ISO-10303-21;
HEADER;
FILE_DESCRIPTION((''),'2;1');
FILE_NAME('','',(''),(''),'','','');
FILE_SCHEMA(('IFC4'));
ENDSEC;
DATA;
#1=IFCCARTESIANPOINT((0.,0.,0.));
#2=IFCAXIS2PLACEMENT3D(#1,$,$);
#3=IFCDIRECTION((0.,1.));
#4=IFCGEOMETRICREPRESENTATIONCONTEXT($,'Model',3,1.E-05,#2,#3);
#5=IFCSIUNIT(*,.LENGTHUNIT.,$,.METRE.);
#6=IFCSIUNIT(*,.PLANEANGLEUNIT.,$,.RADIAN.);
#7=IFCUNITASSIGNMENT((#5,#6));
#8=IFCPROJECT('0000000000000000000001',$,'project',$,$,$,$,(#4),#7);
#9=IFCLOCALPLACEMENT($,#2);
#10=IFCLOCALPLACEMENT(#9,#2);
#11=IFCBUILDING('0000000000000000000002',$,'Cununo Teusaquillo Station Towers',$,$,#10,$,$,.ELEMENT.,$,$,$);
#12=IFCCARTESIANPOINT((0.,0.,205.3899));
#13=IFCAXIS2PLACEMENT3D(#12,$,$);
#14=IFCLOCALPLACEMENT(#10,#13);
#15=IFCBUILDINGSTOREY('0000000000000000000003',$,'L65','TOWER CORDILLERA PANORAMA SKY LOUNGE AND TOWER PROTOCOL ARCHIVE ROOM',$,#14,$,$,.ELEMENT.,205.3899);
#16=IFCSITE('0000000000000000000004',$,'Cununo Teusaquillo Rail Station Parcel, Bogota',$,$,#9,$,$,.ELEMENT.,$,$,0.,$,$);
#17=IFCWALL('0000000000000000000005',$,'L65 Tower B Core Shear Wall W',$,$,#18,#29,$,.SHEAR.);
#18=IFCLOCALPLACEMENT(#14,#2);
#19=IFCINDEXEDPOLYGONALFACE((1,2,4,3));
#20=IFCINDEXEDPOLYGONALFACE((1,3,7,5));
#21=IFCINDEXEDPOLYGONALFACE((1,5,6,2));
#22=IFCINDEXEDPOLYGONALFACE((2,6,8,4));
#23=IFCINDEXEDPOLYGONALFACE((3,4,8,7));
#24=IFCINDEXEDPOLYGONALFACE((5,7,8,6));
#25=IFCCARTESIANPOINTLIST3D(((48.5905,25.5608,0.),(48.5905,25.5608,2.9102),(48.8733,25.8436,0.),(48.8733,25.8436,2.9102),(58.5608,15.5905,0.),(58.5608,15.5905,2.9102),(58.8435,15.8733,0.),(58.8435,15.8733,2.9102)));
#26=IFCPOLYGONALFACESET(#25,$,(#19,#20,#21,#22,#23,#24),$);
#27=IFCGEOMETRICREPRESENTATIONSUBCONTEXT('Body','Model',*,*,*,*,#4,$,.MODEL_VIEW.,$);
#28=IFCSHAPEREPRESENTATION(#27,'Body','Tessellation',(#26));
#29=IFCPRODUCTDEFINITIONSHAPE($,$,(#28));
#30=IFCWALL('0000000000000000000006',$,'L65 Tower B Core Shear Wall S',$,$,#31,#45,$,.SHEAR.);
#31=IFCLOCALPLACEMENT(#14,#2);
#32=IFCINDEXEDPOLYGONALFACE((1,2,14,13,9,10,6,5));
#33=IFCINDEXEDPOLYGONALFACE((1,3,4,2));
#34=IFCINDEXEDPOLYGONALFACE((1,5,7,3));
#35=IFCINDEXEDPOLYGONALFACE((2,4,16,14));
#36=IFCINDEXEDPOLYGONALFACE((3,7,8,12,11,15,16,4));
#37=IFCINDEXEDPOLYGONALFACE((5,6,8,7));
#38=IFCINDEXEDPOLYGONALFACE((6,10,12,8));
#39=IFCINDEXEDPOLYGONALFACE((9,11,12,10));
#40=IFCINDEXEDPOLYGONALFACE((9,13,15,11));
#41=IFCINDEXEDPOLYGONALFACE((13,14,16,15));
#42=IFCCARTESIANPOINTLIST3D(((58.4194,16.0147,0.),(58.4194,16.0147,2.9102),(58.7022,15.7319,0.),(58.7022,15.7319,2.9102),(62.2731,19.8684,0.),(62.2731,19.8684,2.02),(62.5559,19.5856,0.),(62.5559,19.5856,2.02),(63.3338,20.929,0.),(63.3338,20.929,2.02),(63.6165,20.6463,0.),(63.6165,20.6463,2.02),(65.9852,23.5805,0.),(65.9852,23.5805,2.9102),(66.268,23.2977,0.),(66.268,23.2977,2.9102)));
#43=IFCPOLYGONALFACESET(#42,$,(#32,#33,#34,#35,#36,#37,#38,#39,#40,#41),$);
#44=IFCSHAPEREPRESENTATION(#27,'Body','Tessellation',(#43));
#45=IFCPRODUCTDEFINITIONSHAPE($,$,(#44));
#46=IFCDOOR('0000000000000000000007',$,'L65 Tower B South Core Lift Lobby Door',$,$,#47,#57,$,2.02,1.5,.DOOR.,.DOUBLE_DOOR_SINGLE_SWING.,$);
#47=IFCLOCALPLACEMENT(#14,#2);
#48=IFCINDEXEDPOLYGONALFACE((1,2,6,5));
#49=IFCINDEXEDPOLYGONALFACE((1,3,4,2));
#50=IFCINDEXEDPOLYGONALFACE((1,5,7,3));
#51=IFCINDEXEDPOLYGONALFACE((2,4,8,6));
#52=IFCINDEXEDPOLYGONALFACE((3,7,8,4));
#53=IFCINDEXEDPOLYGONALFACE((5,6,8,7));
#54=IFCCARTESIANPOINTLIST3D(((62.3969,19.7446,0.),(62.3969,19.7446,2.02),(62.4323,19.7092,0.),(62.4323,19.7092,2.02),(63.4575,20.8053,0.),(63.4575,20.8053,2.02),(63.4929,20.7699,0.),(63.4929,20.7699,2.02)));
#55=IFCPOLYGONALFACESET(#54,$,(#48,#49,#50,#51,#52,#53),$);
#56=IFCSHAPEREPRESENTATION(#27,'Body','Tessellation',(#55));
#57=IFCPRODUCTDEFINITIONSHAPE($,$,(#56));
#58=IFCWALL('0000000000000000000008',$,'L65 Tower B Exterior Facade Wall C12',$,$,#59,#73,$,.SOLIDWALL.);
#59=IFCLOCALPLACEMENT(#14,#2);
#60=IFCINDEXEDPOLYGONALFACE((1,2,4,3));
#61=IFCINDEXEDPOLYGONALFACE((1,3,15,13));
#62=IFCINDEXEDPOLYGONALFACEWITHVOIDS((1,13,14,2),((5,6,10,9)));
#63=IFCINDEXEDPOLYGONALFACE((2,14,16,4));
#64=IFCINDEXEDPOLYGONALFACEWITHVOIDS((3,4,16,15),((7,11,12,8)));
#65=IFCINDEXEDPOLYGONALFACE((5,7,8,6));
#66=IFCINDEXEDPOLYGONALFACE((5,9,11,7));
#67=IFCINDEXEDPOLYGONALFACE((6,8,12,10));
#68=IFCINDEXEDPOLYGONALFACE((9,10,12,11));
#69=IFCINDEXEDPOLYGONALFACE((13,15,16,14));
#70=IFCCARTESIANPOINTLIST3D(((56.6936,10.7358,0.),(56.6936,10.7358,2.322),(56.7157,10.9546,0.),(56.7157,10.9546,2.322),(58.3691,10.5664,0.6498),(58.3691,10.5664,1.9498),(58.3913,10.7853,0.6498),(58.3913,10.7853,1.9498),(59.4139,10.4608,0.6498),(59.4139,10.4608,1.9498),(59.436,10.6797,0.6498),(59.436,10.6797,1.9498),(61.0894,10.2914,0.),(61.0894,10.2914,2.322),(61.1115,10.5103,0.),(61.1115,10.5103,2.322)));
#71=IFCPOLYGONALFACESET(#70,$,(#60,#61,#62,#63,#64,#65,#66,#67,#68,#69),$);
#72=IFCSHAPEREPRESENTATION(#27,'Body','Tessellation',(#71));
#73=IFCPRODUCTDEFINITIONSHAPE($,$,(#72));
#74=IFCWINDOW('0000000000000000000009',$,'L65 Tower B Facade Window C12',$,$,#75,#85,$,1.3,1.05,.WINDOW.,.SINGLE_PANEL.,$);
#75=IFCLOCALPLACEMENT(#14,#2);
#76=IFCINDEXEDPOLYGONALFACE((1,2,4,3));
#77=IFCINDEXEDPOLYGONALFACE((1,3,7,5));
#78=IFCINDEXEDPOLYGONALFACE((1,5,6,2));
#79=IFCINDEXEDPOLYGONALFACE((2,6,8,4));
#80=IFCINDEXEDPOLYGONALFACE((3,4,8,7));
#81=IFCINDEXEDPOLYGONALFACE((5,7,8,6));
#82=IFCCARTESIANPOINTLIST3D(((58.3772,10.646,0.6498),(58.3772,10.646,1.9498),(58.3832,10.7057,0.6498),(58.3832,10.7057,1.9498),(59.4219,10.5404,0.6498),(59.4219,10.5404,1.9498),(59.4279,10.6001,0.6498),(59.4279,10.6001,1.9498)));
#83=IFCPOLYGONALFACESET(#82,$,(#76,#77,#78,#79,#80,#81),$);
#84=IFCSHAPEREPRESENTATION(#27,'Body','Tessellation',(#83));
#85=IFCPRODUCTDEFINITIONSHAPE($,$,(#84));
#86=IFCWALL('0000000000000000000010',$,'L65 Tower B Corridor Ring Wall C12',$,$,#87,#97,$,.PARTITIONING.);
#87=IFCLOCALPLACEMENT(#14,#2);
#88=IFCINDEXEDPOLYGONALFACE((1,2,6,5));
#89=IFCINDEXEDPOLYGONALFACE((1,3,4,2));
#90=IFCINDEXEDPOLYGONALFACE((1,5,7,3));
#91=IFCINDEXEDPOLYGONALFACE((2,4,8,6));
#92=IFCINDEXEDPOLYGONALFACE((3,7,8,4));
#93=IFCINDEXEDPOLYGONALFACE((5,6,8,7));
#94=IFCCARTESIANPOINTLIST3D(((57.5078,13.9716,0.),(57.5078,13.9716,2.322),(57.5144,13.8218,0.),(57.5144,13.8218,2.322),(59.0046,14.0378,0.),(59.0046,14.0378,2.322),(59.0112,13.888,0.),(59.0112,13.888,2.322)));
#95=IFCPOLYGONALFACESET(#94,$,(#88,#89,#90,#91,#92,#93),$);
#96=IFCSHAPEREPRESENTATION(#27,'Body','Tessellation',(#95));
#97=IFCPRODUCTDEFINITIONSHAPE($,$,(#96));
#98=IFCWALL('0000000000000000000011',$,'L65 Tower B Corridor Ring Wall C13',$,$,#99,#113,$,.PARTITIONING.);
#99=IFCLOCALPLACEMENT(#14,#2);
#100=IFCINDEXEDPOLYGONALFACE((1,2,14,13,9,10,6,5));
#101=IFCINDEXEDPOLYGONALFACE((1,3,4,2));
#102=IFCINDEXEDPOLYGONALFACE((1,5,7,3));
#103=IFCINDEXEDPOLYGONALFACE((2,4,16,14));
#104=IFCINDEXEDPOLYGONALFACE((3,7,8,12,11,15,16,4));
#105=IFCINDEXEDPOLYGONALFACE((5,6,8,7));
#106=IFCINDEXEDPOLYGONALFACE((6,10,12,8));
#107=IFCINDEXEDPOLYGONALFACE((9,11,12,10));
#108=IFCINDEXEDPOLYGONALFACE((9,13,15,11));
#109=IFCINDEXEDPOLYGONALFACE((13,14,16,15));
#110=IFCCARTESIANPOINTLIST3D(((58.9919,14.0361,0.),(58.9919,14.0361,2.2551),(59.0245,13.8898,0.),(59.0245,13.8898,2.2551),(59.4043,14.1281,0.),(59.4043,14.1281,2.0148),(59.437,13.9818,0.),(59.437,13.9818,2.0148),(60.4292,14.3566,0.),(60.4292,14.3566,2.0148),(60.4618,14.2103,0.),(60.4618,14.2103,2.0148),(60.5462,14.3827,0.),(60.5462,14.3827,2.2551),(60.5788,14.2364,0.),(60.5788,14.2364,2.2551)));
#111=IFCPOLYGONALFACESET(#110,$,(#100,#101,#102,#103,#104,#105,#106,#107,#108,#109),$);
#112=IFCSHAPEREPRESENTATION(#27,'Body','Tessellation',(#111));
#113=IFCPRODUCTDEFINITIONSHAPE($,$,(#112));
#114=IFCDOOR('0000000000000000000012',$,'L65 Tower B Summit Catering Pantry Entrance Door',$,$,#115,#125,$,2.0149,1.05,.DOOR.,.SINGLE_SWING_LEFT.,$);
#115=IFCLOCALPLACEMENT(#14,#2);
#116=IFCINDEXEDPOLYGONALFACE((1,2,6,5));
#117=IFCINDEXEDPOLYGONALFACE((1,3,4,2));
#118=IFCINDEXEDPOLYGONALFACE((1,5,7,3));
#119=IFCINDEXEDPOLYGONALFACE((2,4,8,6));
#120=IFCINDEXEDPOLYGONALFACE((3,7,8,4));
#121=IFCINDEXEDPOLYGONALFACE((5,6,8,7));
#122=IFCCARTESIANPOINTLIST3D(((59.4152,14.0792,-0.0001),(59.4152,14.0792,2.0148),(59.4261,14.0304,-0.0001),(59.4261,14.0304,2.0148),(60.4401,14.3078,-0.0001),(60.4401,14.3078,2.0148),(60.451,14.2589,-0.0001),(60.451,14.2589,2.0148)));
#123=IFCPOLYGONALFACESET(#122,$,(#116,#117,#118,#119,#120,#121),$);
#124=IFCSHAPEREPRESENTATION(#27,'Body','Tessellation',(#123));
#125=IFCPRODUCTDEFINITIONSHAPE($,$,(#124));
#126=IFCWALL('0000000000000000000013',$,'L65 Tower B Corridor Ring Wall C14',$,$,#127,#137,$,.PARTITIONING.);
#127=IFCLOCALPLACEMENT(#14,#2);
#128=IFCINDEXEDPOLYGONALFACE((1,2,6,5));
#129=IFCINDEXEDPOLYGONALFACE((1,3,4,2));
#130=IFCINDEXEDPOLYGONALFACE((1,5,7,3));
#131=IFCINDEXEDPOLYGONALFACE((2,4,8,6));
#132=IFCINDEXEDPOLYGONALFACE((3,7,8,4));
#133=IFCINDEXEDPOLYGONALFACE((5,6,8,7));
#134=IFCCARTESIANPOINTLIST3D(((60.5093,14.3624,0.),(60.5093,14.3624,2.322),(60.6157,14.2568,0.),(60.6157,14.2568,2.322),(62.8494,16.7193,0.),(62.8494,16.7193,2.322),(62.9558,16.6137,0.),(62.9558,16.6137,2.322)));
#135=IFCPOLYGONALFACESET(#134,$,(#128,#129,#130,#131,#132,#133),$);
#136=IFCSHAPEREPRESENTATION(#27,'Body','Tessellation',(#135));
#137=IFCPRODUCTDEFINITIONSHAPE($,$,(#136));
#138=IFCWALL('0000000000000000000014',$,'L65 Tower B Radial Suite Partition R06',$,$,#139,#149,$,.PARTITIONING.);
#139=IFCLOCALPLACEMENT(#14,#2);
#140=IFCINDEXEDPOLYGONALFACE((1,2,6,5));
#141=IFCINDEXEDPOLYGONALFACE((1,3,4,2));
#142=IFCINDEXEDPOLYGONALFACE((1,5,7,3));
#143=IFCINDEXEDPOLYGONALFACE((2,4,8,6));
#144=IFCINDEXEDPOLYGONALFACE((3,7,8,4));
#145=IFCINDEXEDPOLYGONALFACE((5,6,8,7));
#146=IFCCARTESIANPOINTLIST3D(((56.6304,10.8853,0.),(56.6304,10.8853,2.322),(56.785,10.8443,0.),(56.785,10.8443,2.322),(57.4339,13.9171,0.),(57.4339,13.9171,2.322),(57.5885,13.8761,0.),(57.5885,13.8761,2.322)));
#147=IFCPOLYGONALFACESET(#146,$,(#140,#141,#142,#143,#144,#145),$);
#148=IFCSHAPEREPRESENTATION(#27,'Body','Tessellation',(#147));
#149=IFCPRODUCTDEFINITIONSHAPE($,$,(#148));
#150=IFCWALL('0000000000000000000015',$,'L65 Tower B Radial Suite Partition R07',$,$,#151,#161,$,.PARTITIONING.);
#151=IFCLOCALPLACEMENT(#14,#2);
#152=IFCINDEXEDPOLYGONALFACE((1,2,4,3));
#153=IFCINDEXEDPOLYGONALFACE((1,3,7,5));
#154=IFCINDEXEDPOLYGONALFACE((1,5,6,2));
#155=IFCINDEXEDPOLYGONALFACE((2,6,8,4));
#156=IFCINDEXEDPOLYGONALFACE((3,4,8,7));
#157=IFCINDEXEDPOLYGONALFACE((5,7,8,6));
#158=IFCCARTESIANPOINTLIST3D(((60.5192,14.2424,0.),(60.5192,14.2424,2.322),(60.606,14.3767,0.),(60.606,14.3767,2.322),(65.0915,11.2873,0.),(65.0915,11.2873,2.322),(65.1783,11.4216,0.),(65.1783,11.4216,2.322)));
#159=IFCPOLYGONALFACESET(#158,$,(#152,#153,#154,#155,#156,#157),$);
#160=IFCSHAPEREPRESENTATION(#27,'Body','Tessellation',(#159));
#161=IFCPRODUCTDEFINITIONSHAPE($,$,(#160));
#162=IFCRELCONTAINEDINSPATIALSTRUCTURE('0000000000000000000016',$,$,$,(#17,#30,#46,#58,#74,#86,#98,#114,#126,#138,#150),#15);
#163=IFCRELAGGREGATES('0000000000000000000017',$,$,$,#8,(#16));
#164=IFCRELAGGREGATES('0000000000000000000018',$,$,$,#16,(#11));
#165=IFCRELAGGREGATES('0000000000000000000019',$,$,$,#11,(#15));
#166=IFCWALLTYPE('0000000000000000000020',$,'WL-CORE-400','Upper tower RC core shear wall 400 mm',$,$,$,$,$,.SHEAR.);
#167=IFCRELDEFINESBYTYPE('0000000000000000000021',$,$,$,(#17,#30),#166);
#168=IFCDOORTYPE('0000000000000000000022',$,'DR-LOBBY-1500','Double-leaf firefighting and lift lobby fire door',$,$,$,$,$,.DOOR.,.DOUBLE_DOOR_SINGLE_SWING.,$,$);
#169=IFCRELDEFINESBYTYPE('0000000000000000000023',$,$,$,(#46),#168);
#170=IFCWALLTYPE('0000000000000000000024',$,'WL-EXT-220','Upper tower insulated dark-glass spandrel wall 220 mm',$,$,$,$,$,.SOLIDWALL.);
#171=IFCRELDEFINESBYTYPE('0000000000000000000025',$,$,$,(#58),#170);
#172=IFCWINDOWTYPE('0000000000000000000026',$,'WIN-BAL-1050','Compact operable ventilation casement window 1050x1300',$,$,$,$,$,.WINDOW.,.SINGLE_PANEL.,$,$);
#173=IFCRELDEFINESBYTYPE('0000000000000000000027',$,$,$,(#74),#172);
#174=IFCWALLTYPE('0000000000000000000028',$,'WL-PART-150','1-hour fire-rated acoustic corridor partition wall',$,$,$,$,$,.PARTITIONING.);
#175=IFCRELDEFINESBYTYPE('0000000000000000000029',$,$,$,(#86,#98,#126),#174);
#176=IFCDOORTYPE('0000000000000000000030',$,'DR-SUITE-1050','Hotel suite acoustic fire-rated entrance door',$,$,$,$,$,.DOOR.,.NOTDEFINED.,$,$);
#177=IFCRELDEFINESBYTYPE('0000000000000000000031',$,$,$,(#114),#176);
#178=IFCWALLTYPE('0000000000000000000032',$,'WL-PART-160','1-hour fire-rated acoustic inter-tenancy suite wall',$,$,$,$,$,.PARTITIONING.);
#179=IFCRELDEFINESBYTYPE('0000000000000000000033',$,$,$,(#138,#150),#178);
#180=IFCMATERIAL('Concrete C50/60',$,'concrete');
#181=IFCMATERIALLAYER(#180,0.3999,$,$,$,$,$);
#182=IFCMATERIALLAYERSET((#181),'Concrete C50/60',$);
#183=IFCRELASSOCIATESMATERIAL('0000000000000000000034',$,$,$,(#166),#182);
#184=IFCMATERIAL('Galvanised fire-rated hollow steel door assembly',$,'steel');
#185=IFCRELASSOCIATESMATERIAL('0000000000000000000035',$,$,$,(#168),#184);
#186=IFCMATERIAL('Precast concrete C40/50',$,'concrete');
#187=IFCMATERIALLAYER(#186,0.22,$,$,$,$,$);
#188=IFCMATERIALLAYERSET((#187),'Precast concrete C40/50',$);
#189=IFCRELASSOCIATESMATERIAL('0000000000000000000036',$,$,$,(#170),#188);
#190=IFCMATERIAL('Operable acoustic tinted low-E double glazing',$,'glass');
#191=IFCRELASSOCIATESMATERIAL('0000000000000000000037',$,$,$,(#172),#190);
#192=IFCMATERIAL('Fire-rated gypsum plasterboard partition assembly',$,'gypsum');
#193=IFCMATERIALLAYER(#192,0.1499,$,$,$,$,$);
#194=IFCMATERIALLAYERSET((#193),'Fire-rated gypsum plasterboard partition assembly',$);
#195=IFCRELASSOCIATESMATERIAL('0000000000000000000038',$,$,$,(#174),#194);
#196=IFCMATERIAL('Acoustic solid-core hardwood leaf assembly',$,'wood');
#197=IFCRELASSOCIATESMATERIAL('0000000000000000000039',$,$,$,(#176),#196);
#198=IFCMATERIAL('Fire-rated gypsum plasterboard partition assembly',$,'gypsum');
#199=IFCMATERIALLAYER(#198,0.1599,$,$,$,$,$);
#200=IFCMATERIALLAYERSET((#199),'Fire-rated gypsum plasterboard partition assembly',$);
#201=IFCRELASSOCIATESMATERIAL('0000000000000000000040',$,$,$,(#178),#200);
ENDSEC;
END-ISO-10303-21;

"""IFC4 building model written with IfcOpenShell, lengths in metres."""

from ifc_helpers import new_model, si_unit, direction, frame, frame_2d, origin, place, context, subcontext, project, spatial, rectangle, extrude, source, transform, mapped, material, layer, layer_set, type_object, element, fill, save


model = new_model("IFC4")

# Units and contexts
model_context = context("Model", 3, precision=1e-05, world=origin(), true_north=direction((0.0, 1.0)))
body_context = subcontext(model_context, "Body", "Model", "MODEL_VIEW")
ifc_project = project(units=[si_unit("LENGTHUNIT", "METRE"), si_unit("PLANEANGLEUNIT", "RADIAN")], contexts=[model_context])

# Site, building, storey
site_placement = place(None, origin())
site = spatial("IfcSite", under=ifc_project, at=site_placement, Name="Cununo Teusaquillo Rail Station Parcel, Bogota", CompositionType="ELEMENT", RefElevation=0.0)
building_placement = place(site_placement, origin())
building = spatial("IfcBuilding", under=site, at=building_placement, Name="Cununo Teusaquillo Station Towers", CompositionType="ELEMENT")
storey_placement = place(building_placement, frame((0.0, 0.0, 205.3899)))
storey = spatial("IfcBuildingStorey", under=building, at=storey_placement, Name="L65", Description="TOWER CORDILLERA PANORAMA SKY LOUNGE AND TOWER PROTOCOL ARCHIVE ROOM", CompositionType="ELEMENT", Elevation=205.3899)

# Wall
ifc_material_1 = material(Name="Concrete C50/60", Category="concrete")
ifc_layer_1 = layer(ifc_material_1, 0.3999)
ifc_layer_set_1 = layer_set([ifc_layer_1], Name="Concrete C50/60")
wall_type_1 = type_object("IfcWallType", Name="WL-CORE-400", Description="Upper tower RC core shear wall 400 mm", PredefinedType="SHEAR", material=ifc_layer_set_1)
wall_1_placement = place(storey_placement, frame((58.7021, 15.7319, 0.0), z_axis=(0.0, 0.0, 1.0), x_axis=(-0.707107, 0.707107, 0.0)))
element("IfcWall", 1, at=wall_1_placement, inside=storey, type_object=wall_type_1, Name="L65 Tower B Core Shear Wall W", PredefinedType="SHEAR", context=body_context, shape_type="SweptSolid", body=[
    extrude(rectangle(XDim=14.1001, YDim=0.3999, at=frame_2d((7.05, 0.0))), origin(), (0.0, 0.0, 1.0), 2.9102),
])

# Wall, opening, door
wall_2_placement = place(storey_placement, frame((58.5608, 15.8733, 0.0), z_axis=(0.0, 0.0, 1.0), x_axis=(0.707107, 0.707107, 0.0)))
wall_2 = element("IfcWall", 2, at=wall_2_placement, inside=storey, type_object=wall_type_1, Name="L65 Tower B Core Shear Wall S", PredefinedType="SHEAR", context=body_context, shape_type="SweptSolid", body=[
    extrude(rectangle(XDim=10.6997, YDim=0.3999, at=frame_2d((5.3499, 0.0))), origin(), (0.0, 0.0, 1.0), 2.9102),
])
shared_shape_1 = source(origin(), body_context, "Body", "SweptSolid", [
    extrude(rectangle(XDim=1.5, YDim=2.02, at=frame_2d((0.75, 1.01))), frame((0.0, 0.21, 0.0), z_axis=(0.0, -1.0, 0.0), x_axis=(1.0, 0.0, 0.0)), (0.0, 0.0, 1.0), 0.4199),
])
opening_1_placement = place(wall_2_placement, frame((5.45, 0.0, 0.0)))
opening_1 = element("IfcOpeningElement", 3, at=opening_1_placement, cuts=wall_2, PredefinedType="OPENING", context=body_context, shape_type="MappedRepresentation", body=[
    mapped(shared_shape_1, transform((0.0, 0.0, 0.0), x_axis=(1.0, 0.0, 0.0), y_axis=(0.0, 1.0, 0.0), z_axis=(0.0, 0.0, 1.0), scale=1.0)),
])
ifc_material_2 = material(Name="Galvanised fire-rated hollow steel door assembly", Category="steel")
door_type_1 = type_object("IfcDoorType", Name="DR-LOBBY-1500", Description="Double-leaf firefighting and lift lobby fire door", OperationType="DOUBLE_DOOR_SINGLE_SWING", PredefinedType="DOOR", material=ifc_material_2)
shared_shape_2 = source(origin(), body_context, "Body", "SweptSolid", [
    extrude(rectangle(XDim=1.5, YDim=2.02, at=frame_2d((0.75, 1.01))), frame((0.0, 0.0249, 0.0), z_axis=(0.0, -1.0, 0.0), x_axis=(1.0, 0.0, 0.0)), (0.0, 0.0, 1.0), 0.05),
])
door_1_placement = place(opening_1_placement, origin())
door_1 = element("IfcDoor", 4, at=door_1_placement, inside=storey, type_object=door_type_1, Name="L65 Tower B South Core Lift Lobby Door", OperationType="DOUBLE_DOOR_SINGLE_SWING", OverallHeight=2.02, OverallWidth=1.5, PredefinedType="DOOR", context=body_context, shape_type="MappedRepresentation", body=[
    mapped(shared_shape_2, transform((0.0, 0.0, 0.0), x_axis=(1.0, 0.0, 0.0), y_axis=(0.0, 1.0, 0.0), z_axis=(0.0, 0.0, 1.0), scale=1.0)),
])
fill(opening_1, door_1)

# Wall, opening, window
ifc_material_3 = material(Name="Precast concrete C40/50", Category="concrete")
ifc_layer_2 = layer(ifc_material_3, 0.22)
ifc_layer_set_2 = layer_set([ifc_layer_2], Name="Precast concrete C40/50")
wall_type_2 = type_object("IfcWallType", Name="WL-EXT-220", Description="Upper tower insulated dark-glass spandrel wall 220 mm", PredefinedType="SOLIDWALL", material=ifc_layer_set_2)
wall_3_placement = place(storey_placement, frame((61.1003, 10.4009, 0.0), z_axis=(0.0, 0.0, 1.0), x_axis=(-0.99493, 0.100571, 0.0)))
wall_3 = element("IfcWall", 5, at=wall_3_placement, inside=storey, type_object=wall_type_2, Name="L65 Tower B Exterior Facade Wall C12", PredefinedType="SOLIDWALL", context=body_context, shape_type="SweptSolid", body=[
    extrude(rectangle(XDim=4.4182, YDim=0.22, at=frame_2d((2.209, 0.0))), origin(), (0.0, 0.0, 1.0), 2.322),
])
shared_shape_3 = source(origin(), body_context, "Body", "SweptSolid", [
    extrude(rectangle(XDim=1.05, YDim=1.3, at=frame_2d((0.5249, 0.6499))), frame((0.0, 0.1199, 0.0), z_axis=(0.0, -1.0, 0.0), x_axis=(1.0, 0.0, 0.0)), (0.0, 0.0, 1.0), 0.24),
])
opening_2_placement = place(wall_3_placement, frame((1.6841, 0.0, 0.6499)))
opening_2 = element("IfcOpeningElement", 6, at=opening_2_placement, cuts=wall_3, PredefinedType="OPENING", context=body_context, shape_type="MappedRepresentation", body=[
    mapped(shared_shape_3, transform((0.0, 0.0, 0.0), x_axis=(1.0, 0.0, 0.0), y_axis=(0.0, 1.0, 0.0), z_axis=(0.0, 0.0, 1.0), scale=1.0)),
])
ifc_material_4 = material(Name="Operable acoustic tinted low-E double glazing", Category="glass")
window_type = type_object("IfcWindowType", Name="WIN-BAL-1050", Description="Compact operable ventilation casement window 1050x1300", PartitioningType="SINGLE_PANEL", PredefinedType="WINDOW", material=ifc_material_4)
shared_shape_4 = source(origin(), body_context, "Body", "SweptSolid", [
    extrude(rectangle(XDim=1.05, YDim=1.3, at=frame_2d((0.5249, 0.6499))), frame((0.0, 0.03, 0.0), z_axis=(0.0, -1.0, 0.0), x_axis=(1.0, 0.0, 0.0)), (0.0, 0.0, 1.0), 0.0601),
])
window_placement = place(opening_2_placement, origin())
window = element("IfcWindow", 7, at=window_placement, inside=storey, type_object=window_type, Name="L65 Tower B Facade Window C12", OverallHeight=1.3, OverallWidth=1.05, PartitioningType="SINGLE_PANEL", PredefinedType="WINDOW", context=body_context, shape_type="MappedRepresentation", body=[
    mapped(shared_shape_4, transform((0.0, 0.0, 0.0), x_axis=(1.0, 0.0, 0.0), y_axis=(0.0, 1.0, 0.0), z_axis=(0.0, 0.0, 1.0), scale=1.0)),
])
fill(opening_2, window)

# Wall
ifc_material_5 = material(Name="Fire-rated gypsum plasterboard partition assembly", Category="gypsum")
ifc_layer_3 = layer(ifc_material_5, 0.1499)
ifc_layer_set_3 = layer_set([ifc_layer_3], Name="Fire-rated gypsum plasterboard partition assembly")
wall_type_3 = type_object("IfcWallType", Name="WL-PART-150", Description="1-hour fire-rated acoustic corridor partition wall", PredefinedType="PARTITIONING", material=ifc_layer_set_3)
wall_4_placement = place(storey_placement, frame((57.5112, 13.8967, 0.0), z_axis=(0.0, 0.0, 1.0), x_axis=(0.999025, 0.044158, 0.0)))
element("IfcWall", 8, at=wall_4_placement, inside=storey, type_object=wall_type_3, Name="L65 Tower B Corridor Ring Wall C12", PredefinedType="PARTITIONING", context=body_context, shape_type="SweptSolid", body=[
    extrude(rectangle(XDim=1.4983, YDim=0.1499, at=frame_2d((0.749, 0.0))), origin(), (0.0, 0.0, 1.0), 2.322),
])

# Wall, opening, door
wall_5_placement = place(storey_placement, frame((59.0081, 13.9629, 0.0), z_axis=(0.0, 0.0, 1.0), x_axis=(0.976021, 0.217677, 0.0)))
wall_5 = element("IfcWall", 9, at=wall_5_placement, inside=storey, type_object=wall_type_3, Name="L65 Tower B Corridor Ring Wall C13", PredefinedType="PARTITIONING", context=body_context, shape_type="SweptSolid", body=[
    extrude(rectangle(XDim=1.5925, YDim=0.1499, at=frame_2d((0.7964, 0.0))), origin(), (0.0, 0.0, 1.0), 2.2551),
])
shared_shape_5 = source(origin(), body_context, "Body", "SweptSolid", [
    extrude(rectangle(XDim=1.05, YDim=2.0149, at=frame_2d((0.5249, 1.0073))), frame((0.0, 0.085, 0.0), z_axis=(0.0, -1.0, 0.0), x_axis=(1.0, 0.0, 0.0)), (0.0, 0.0, 1.0), 0.1699),
])
opening_3_placement = place(wall_5_placement, frame((0.4229, 0.0, 0.0)))
opening_3 = element("IfcOpeningElement", 10, at=opening_3_placement, cuts=wall_5, PredefinedType="OPENING", context=body_context, shape_type="MappedRepresentation", body=[
    mapped(shared_shape_5, transform((0.0, 0.0, 0.0), x_axis=(1.0, 0.0, 0.0), y_axis=(0.0, 1.0, 0.0), z_axis=(0.0, 0.0, 1.0), scale=1.0)),
])
ifc_material_6 = material(Name="Acoustic solid-core hardwood leaf assembly", Category="wood")
door_type_2 = type_object("IfcDoorType", Name="DR-SUITE-1050", Description="Hotel suite acoustic fire-rated entrance door", OperationType="NOTDEFINED", PredefinedType="DOOR", material=ifc_material_6)
shared_shape_6 = source(origin(), body_context, "Body", "SweptSolid", [
    extrude(rectangle(XDim=1.05, YDim=2.0149, at=frame_2d((0.5249, 1.0073))), frame((0.0, 0.0249, 0.0), z_axis=(0.0, -1.0, 0.0), x_axis=(1.0, 0.0, 0.0)), (0.0, 0.0, 1.0), 0.05),
])
door_2_placement = place(opening_3_placement, origin())
door_2 = element("IfcDoor", 11, at=door_2_placement, inside=storey, type_object=door_type_2, Name="L65 Tower B Summit Catering Pantry Entrance Door", OperationType="SINGLE_SWING_LEFT", OverallHeight=2.0149, OverallWidth=1.05, PredefinedType="DOOR", context=body_context, shape_type="MappedRepresentation", body=[
    mapped(shared_shape_6, transform((0.0, 0.0, 0.0), x_axis=(1.0, 0.0, 0.0), y_axis=(0.0, 1.0, 0.0), z_axis=(0.0, 0.0, 1.0), scale=1.0)),
])
fill(opening_3, door_2)

# Walls
wall_6_placement = place(storey_placement, frame((60.5625, 14.3096, 0.0), z_axis=(0.0, 0.0, 1.0), x_axis=(0.704566, 0.709638, 0.0)))
element("IfcWall", 12, at=wall_6_placement, inside=storey, type_object=wall_type_3, Name="L65 Tower B Corridor Ring Wall C14", PredefinedType="PARTITIONING", context=body_context, shape_type="SweptSolid", body=[
    extrude(rectangle(XDim=3.3213, YDim=0.1499, at=frame_2d((1.6606, 0.0))), origin(), (0.0, 0.0, 1.0), 2.322),
])
ifc_material_7 = material(Name="Fire-rated gypsum plasterboard partition assembly", Category="gypsum")
ifc_layer_4 = layer(ifc_material_7, 0.1599)
ifc_layer_set_4 = layer_set([ifc_layer_4], Name="Fire-rated gypsum plasterboard partition assembly")
wall_type_4 = type_object("IfcWallType", Name="WL-PART-160", Description="1-hour fire-rated acoustic inter-tenancy suite wall", PredefinedType="PARTITIONING", material=ifc_layer_set_4)
wall_7_placement = place(storey_placement, frame((57.5112, 13.8967, 0.0), z_axis=(0.0, 0.0, 1.0), x_axis=(-0.256175, -0.96663, 0.0)))
element("IfcWall", 13, at=wall_7_placement, inside=storey, type_object=wall_type_4, Name="L65 Tower B Radial Suite Partition R06", PredefinedType="PARTITIONING", context=body_context, shape_type="SweptSolid", body=[
    extrude(rectangle(XDim=3.1365, YDim=0.1599, at=frame_2d((1.5684, 0.0))), origin(), (0.0, 0.0, 1.0), 2.322),
])
wall_8_placement = place(storey_placement, frame((60.5625, 14.3096, 0.0), z_axis=(0.0, 0.0, 1.0), x_axis=(0.839859, -0.542805, 0.0)))
element("IfcWall", 14, at=wall_8_placement, inside=storey, type_object=wall_type_4, Name="L65 Tower B Radial Suite Partition R07", PredefinedType="PARTITIONING", context=body_context, shape_type="SweptSolid", body=[
    extrude(rectangle(XDim=5.4441, YDim=0.1599, at=frame_2d((2.7222, 0.0))), origin(), (0.0, 0.0, 1.0), 2.322),
])

save(model, "model.ifc")
